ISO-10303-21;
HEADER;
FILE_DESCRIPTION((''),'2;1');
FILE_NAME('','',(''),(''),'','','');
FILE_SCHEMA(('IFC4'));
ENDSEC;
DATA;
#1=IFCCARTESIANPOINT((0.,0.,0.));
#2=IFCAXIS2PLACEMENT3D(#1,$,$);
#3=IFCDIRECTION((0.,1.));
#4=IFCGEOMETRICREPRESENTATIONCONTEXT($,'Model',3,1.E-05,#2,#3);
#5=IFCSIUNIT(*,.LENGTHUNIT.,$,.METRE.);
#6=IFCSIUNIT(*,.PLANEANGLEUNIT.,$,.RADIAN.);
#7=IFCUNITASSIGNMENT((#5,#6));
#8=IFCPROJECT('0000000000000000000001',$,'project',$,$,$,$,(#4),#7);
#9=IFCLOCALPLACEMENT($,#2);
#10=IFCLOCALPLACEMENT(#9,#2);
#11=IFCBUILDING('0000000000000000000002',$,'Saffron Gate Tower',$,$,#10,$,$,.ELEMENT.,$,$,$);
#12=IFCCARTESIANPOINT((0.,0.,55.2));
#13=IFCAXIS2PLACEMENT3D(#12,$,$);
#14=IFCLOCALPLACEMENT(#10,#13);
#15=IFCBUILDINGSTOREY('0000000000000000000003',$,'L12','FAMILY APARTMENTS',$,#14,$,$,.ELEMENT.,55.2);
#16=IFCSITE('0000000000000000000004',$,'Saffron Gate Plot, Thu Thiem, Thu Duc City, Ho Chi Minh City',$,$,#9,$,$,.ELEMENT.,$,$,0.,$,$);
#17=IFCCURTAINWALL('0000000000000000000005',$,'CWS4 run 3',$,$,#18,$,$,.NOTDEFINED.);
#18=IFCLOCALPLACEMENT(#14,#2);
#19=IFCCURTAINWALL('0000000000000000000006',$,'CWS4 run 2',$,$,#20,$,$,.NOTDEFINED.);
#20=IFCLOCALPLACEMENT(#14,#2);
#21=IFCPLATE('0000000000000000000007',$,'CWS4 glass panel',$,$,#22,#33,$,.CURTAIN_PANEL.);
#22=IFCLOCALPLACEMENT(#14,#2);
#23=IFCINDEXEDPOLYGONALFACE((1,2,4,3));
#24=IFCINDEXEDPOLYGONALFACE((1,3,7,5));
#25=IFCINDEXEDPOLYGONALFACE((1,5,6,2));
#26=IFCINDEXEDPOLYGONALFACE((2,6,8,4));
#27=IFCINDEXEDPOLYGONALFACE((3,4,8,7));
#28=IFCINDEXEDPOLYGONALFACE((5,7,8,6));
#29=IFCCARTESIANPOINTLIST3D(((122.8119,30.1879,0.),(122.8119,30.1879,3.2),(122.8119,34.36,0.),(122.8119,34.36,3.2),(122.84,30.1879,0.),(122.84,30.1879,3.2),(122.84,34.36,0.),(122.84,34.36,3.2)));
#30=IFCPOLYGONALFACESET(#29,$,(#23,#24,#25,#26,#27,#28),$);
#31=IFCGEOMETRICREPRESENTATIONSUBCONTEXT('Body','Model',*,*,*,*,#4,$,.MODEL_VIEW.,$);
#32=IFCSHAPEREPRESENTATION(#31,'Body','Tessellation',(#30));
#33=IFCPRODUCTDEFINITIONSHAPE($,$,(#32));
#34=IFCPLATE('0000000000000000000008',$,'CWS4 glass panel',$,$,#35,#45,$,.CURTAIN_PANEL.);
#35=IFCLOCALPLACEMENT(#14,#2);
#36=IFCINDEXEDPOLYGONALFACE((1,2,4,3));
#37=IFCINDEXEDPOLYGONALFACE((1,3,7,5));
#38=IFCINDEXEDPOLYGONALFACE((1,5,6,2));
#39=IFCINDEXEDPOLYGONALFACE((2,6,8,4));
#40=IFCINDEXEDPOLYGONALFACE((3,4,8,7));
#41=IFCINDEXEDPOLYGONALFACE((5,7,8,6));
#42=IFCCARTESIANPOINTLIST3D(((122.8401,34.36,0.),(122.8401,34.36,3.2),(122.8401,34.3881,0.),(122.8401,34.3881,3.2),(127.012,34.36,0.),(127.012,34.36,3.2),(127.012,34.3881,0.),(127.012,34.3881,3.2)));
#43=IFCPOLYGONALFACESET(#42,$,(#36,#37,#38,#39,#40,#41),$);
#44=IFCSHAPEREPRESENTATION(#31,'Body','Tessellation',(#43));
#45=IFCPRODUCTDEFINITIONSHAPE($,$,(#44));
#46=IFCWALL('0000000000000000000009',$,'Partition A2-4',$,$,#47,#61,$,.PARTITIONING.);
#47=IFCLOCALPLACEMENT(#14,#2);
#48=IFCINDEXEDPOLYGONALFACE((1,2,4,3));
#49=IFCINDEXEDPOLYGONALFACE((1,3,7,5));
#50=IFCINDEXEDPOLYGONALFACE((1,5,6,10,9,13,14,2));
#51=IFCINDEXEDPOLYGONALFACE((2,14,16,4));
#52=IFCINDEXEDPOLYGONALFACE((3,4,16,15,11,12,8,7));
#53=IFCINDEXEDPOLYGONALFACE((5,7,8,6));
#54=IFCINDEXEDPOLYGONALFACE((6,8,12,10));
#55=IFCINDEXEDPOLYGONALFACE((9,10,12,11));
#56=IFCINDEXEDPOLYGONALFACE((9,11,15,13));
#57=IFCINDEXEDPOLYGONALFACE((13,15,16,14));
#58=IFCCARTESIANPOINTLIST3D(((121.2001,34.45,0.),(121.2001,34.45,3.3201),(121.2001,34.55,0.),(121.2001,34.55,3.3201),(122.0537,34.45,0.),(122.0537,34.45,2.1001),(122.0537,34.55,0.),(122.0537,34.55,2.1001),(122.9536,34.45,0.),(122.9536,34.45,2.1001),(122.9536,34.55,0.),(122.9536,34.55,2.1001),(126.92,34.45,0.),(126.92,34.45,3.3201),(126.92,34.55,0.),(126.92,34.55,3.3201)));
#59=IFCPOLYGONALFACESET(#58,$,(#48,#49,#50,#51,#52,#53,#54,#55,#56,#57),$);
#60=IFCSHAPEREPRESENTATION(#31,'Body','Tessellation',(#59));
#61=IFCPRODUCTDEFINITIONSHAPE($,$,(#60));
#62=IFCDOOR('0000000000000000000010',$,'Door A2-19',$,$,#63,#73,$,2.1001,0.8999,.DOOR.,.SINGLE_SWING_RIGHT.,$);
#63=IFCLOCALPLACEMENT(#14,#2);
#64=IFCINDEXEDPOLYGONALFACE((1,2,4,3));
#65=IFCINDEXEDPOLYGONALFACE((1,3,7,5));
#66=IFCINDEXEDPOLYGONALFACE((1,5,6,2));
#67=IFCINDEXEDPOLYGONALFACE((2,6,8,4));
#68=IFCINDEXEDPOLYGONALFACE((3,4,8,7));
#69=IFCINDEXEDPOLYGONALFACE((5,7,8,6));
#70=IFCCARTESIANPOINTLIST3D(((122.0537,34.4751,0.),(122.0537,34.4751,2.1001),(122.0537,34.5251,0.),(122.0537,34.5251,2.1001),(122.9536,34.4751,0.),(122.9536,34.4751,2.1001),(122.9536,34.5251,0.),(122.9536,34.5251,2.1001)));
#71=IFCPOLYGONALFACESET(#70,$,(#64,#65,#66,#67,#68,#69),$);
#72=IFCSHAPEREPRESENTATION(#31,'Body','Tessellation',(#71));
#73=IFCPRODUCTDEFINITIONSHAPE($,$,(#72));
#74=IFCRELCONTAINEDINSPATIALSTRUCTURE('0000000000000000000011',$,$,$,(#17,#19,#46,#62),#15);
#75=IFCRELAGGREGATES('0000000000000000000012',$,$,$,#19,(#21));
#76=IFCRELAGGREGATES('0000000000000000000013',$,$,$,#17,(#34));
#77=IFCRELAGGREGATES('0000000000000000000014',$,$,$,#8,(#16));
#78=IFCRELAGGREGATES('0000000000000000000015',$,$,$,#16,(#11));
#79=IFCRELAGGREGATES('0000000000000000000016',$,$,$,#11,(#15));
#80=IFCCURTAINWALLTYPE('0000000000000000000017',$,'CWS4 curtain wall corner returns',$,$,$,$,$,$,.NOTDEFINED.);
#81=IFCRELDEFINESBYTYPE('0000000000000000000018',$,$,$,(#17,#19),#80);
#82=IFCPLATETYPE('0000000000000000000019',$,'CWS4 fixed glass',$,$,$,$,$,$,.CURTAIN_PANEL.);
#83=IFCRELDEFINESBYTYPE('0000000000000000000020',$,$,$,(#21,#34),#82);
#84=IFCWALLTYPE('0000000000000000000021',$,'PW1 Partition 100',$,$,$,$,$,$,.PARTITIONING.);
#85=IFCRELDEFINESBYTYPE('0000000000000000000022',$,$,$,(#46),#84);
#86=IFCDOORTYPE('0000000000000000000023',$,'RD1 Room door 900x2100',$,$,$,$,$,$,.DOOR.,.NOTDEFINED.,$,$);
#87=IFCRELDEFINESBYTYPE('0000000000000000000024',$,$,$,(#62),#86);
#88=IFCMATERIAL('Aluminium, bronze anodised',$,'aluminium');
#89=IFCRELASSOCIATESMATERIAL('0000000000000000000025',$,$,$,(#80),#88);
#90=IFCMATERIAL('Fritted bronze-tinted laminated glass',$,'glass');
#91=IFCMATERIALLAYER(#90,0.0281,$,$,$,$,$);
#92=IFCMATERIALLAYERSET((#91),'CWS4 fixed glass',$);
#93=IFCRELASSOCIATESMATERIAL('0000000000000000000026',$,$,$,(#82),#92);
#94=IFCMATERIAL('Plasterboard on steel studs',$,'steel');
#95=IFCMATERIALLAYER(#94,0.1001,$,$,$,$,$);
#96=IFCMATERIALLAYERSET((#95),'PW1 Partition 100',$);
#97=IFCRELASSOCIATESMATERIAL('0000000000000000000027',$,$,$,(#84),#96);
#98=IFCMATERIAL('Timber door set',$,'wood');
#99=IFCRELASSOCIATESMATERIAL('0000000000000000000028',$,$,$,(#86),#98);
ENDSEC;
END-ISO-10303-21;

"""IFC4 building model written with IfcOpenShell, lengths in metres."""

from ifc_helpers import new_model, si_unit, direction, frame, frame_2d, origin, place, context, subcontext, project, spatial, rectangle, extrude, material, layer, layer_set, type_object, element, fill, aggregate, save


model = new_model("IFC4")

# Units and contexts
model_context = context("Model", 3, precision=1e-05, world=origin(), true_north=direction((0.0, 1.0)))
body_context = subcontext(model_context, "Body", "Model", "MODEL_VIEW")
ifc_project = project(units=[si_unit("LENGTHUNIT", "METRE"), si_unit("PLANEANGLEUNIT", "RADIAN")], contexts=[model_context])

# Site, building, storey
site_placement = place(None, origin())
site = spatial("IfcSite", under=ifc_project, at=site_placement, Name="Saffron Gate Plot, Thu Thiem, Thu Duc City, Ho Chi Minh City", CompositionType="ELEMENT", RefElevation=0.0)
building_placement = place(site_placement, origin())
building = spatial("IfcBuilding", under=site, at=building_placement, Name="Saffron Gate Tower", CompositionType="ELEMENT")
storey_placement = place(building_placement, frame((0.0, 0.0, 55.2)))
storey = spatial("IfcBuildingStorey", under=building, at=storey_placement, Name="L12", Description="FAMILY APARTMENTS", CompositionType="ELEMENT", Elevation=55.2)

# Shared definitions
ifc_material_1 = material(Name="Aluminium, bronze anodised", Category="aluminium")

# Curtain wall
curtain_wall_type_1 = type_object("IfcCurtainWallType", Name="CWS4 curtain wall corner returns", PredefinedType="NOTDEFINED", material=ifc_material_1)
curtain_wall_1_placement = place(storey_placement, origin())
curtain_wall_1 = element("IfcCurtainWall", 1, at=curtain_wall_1_placement, inside=storey, type_object=curtain_wall_type_1, Name="CWS4 run 3", PredefinedType="NOTDEFINED")

# Curtain wall
curtain_wall_2_placement = place(storey_placement, origin())
curtain_wall_2 = element("IfcCurtainWall", 2, at=curtain_wall_2_placement, inside=storey, type_object=curtain_wall_type_1, Name="CWS4 run 2", PredefinedType="NOTDEFINED")

# Shared definitions
ifc_material_2 = material(Name="Fritted bronze-tinted laminated glass", Category="glass")

# Plates
ifc_layer_1 = layer(ifc_material_2, 0.0281)
ifc_layer_set_1 = layer_set([ifc_layer_1], Name="CWS4 fixed glass")
plate_type_1 = type_object("IfcPlateType", Name="CWS4 fixed glass", PredefinedType="CURTAIN_PANEL", material=ifc_layer_set_1)
plate_1_placement = place(storey_placement, frame((122.8259, 30.188, 0.0), z_axis=(0.0, 0.0, 1.0), x_axis=(0.0, 1.0, 0.0)))
plate_1 = element("IfcPlate", 3, at=plate_1_placement, type_object=plate_type_1, Name="CWS4 glass panel", PredefinedType="CURTAIN_PANEL", context=body_context, shape_type="SweptSolid", body=[
    extrude(rectangle(XDim=4.1721, YDim=0.0281, at=frame_2d((2.0859, 0.0))), origin(), (0.0, 0.0, 1.0), 3.2),
])
aggregate(curtain_wall_2, [plate_1])
plate_2_placement = place(storey_placement, frame((122.8401, 34.374, 0.0), z_axis=(0.0, 0.0, 1.0), x_axis=(1.0, 0.0, 0.0)))
plate_2 = element("IfcPlate", 4, at=plate_2_placement, type_object=plate_type_1, Name="CWS4 glass panel", PredefinedType="CURTAIN_PANEL", context=body_context, shape_type="SweptSolid", body=[
    extrude(rectangle(XDim=4.1719, YDim=0.0281, at=frame_2d((2.0859, 0.0))), origin(), (0.0, 0.0, 1.0), 3.2),
])
aggregate(curtain_wall_1, [plate_2])

# Wall, opening, door
ifc_material_3 = material(Name="Plasterboard on steel studs", Category="steel")
ifc_layer_2 = layer(ifc_material_3, 0.1001)
ifc_layer_set_2 = layer_set([ifc_layer_2], Name="PW1 Partition 100")
wall_type = type_object("IfcWallType", Name="PW1 Partition 100", PredefinedType="PARTITIONING", material=ifc_layer_set_2)
wall_placement = place(storey_placement, frame((126.9199, 34.5, 0.0), z_axis=(0.0, 0.0, 1.0), x_axis=(-1.0, 0.0, 0.0)))
wall = element("IfcWall", 5, at=wall_placement, inside=storey, type_object=wall_type, Name="Partition A2-4", PredefinedType="PARTITIONING", context=body_context, shape_type="SweptSolid", body=[
    extrude(rectangle(XDim=5.72, YDim=0.1001, at=frame_2d((2.8599, 0.0))), origin(), (0.0, 0.0, 1.0), 3.3201),
])
opening_1_placement = place(wall_placement, frame((3.9663, 0.0, 0.0)))
opening_1 = element("IfcOpeningElement", 6, at=opening_1_placement, cuts=wall, PredefinedType="OPENING", context=body_context, shape_type="SweptSolid", body=[
    extrude(rectangle(XDim=0.8999, YDim=2.1001, at=frame_2d((0.45, 1.05))), frame((0.0, 0.0601, 0.0), z_axis=(0.0, -1.0, 0.0), x_axis=(1.0, 0.0, 0.0)), (0.0, 0.0, 1.0), 0.1201),
])
ifc_material_4 = material(Name="Timber door set", Category="wood")
door_type = type_object("IfcDoorType", Name="RD1 Room door 900x2100", OperationType="NOTDEFINED", PredefinedType="DOOR", material=ifc_material_4)
door_placement = place(opening_1_placement, origin())
door = element("IfcDoor", 7, at=door_placement, inside=storey, type_object=door_type, Name="Door A2-19", OperationType="SINGLE_SWING_RIGHT", OverallHeight=2.1001, OverallWidth=0.8999, PredefinedType="DOOR", context=body_context, shape_type="SweptSolid", body=[
    extrude(rectangle(XDim=0.8999, YDim=2.1001, at=frame_2d((0.45, 1.05))), frame((0.0, 0.0249, 0.0), z_axis=(0.0, -1.0, 0.0), x_axis=(1.0, 0.0, 0.0)), (0.0, 0.0, 1.0), 0.05),
])
fill(opening_1, door)

save(model, "model.ifc")
